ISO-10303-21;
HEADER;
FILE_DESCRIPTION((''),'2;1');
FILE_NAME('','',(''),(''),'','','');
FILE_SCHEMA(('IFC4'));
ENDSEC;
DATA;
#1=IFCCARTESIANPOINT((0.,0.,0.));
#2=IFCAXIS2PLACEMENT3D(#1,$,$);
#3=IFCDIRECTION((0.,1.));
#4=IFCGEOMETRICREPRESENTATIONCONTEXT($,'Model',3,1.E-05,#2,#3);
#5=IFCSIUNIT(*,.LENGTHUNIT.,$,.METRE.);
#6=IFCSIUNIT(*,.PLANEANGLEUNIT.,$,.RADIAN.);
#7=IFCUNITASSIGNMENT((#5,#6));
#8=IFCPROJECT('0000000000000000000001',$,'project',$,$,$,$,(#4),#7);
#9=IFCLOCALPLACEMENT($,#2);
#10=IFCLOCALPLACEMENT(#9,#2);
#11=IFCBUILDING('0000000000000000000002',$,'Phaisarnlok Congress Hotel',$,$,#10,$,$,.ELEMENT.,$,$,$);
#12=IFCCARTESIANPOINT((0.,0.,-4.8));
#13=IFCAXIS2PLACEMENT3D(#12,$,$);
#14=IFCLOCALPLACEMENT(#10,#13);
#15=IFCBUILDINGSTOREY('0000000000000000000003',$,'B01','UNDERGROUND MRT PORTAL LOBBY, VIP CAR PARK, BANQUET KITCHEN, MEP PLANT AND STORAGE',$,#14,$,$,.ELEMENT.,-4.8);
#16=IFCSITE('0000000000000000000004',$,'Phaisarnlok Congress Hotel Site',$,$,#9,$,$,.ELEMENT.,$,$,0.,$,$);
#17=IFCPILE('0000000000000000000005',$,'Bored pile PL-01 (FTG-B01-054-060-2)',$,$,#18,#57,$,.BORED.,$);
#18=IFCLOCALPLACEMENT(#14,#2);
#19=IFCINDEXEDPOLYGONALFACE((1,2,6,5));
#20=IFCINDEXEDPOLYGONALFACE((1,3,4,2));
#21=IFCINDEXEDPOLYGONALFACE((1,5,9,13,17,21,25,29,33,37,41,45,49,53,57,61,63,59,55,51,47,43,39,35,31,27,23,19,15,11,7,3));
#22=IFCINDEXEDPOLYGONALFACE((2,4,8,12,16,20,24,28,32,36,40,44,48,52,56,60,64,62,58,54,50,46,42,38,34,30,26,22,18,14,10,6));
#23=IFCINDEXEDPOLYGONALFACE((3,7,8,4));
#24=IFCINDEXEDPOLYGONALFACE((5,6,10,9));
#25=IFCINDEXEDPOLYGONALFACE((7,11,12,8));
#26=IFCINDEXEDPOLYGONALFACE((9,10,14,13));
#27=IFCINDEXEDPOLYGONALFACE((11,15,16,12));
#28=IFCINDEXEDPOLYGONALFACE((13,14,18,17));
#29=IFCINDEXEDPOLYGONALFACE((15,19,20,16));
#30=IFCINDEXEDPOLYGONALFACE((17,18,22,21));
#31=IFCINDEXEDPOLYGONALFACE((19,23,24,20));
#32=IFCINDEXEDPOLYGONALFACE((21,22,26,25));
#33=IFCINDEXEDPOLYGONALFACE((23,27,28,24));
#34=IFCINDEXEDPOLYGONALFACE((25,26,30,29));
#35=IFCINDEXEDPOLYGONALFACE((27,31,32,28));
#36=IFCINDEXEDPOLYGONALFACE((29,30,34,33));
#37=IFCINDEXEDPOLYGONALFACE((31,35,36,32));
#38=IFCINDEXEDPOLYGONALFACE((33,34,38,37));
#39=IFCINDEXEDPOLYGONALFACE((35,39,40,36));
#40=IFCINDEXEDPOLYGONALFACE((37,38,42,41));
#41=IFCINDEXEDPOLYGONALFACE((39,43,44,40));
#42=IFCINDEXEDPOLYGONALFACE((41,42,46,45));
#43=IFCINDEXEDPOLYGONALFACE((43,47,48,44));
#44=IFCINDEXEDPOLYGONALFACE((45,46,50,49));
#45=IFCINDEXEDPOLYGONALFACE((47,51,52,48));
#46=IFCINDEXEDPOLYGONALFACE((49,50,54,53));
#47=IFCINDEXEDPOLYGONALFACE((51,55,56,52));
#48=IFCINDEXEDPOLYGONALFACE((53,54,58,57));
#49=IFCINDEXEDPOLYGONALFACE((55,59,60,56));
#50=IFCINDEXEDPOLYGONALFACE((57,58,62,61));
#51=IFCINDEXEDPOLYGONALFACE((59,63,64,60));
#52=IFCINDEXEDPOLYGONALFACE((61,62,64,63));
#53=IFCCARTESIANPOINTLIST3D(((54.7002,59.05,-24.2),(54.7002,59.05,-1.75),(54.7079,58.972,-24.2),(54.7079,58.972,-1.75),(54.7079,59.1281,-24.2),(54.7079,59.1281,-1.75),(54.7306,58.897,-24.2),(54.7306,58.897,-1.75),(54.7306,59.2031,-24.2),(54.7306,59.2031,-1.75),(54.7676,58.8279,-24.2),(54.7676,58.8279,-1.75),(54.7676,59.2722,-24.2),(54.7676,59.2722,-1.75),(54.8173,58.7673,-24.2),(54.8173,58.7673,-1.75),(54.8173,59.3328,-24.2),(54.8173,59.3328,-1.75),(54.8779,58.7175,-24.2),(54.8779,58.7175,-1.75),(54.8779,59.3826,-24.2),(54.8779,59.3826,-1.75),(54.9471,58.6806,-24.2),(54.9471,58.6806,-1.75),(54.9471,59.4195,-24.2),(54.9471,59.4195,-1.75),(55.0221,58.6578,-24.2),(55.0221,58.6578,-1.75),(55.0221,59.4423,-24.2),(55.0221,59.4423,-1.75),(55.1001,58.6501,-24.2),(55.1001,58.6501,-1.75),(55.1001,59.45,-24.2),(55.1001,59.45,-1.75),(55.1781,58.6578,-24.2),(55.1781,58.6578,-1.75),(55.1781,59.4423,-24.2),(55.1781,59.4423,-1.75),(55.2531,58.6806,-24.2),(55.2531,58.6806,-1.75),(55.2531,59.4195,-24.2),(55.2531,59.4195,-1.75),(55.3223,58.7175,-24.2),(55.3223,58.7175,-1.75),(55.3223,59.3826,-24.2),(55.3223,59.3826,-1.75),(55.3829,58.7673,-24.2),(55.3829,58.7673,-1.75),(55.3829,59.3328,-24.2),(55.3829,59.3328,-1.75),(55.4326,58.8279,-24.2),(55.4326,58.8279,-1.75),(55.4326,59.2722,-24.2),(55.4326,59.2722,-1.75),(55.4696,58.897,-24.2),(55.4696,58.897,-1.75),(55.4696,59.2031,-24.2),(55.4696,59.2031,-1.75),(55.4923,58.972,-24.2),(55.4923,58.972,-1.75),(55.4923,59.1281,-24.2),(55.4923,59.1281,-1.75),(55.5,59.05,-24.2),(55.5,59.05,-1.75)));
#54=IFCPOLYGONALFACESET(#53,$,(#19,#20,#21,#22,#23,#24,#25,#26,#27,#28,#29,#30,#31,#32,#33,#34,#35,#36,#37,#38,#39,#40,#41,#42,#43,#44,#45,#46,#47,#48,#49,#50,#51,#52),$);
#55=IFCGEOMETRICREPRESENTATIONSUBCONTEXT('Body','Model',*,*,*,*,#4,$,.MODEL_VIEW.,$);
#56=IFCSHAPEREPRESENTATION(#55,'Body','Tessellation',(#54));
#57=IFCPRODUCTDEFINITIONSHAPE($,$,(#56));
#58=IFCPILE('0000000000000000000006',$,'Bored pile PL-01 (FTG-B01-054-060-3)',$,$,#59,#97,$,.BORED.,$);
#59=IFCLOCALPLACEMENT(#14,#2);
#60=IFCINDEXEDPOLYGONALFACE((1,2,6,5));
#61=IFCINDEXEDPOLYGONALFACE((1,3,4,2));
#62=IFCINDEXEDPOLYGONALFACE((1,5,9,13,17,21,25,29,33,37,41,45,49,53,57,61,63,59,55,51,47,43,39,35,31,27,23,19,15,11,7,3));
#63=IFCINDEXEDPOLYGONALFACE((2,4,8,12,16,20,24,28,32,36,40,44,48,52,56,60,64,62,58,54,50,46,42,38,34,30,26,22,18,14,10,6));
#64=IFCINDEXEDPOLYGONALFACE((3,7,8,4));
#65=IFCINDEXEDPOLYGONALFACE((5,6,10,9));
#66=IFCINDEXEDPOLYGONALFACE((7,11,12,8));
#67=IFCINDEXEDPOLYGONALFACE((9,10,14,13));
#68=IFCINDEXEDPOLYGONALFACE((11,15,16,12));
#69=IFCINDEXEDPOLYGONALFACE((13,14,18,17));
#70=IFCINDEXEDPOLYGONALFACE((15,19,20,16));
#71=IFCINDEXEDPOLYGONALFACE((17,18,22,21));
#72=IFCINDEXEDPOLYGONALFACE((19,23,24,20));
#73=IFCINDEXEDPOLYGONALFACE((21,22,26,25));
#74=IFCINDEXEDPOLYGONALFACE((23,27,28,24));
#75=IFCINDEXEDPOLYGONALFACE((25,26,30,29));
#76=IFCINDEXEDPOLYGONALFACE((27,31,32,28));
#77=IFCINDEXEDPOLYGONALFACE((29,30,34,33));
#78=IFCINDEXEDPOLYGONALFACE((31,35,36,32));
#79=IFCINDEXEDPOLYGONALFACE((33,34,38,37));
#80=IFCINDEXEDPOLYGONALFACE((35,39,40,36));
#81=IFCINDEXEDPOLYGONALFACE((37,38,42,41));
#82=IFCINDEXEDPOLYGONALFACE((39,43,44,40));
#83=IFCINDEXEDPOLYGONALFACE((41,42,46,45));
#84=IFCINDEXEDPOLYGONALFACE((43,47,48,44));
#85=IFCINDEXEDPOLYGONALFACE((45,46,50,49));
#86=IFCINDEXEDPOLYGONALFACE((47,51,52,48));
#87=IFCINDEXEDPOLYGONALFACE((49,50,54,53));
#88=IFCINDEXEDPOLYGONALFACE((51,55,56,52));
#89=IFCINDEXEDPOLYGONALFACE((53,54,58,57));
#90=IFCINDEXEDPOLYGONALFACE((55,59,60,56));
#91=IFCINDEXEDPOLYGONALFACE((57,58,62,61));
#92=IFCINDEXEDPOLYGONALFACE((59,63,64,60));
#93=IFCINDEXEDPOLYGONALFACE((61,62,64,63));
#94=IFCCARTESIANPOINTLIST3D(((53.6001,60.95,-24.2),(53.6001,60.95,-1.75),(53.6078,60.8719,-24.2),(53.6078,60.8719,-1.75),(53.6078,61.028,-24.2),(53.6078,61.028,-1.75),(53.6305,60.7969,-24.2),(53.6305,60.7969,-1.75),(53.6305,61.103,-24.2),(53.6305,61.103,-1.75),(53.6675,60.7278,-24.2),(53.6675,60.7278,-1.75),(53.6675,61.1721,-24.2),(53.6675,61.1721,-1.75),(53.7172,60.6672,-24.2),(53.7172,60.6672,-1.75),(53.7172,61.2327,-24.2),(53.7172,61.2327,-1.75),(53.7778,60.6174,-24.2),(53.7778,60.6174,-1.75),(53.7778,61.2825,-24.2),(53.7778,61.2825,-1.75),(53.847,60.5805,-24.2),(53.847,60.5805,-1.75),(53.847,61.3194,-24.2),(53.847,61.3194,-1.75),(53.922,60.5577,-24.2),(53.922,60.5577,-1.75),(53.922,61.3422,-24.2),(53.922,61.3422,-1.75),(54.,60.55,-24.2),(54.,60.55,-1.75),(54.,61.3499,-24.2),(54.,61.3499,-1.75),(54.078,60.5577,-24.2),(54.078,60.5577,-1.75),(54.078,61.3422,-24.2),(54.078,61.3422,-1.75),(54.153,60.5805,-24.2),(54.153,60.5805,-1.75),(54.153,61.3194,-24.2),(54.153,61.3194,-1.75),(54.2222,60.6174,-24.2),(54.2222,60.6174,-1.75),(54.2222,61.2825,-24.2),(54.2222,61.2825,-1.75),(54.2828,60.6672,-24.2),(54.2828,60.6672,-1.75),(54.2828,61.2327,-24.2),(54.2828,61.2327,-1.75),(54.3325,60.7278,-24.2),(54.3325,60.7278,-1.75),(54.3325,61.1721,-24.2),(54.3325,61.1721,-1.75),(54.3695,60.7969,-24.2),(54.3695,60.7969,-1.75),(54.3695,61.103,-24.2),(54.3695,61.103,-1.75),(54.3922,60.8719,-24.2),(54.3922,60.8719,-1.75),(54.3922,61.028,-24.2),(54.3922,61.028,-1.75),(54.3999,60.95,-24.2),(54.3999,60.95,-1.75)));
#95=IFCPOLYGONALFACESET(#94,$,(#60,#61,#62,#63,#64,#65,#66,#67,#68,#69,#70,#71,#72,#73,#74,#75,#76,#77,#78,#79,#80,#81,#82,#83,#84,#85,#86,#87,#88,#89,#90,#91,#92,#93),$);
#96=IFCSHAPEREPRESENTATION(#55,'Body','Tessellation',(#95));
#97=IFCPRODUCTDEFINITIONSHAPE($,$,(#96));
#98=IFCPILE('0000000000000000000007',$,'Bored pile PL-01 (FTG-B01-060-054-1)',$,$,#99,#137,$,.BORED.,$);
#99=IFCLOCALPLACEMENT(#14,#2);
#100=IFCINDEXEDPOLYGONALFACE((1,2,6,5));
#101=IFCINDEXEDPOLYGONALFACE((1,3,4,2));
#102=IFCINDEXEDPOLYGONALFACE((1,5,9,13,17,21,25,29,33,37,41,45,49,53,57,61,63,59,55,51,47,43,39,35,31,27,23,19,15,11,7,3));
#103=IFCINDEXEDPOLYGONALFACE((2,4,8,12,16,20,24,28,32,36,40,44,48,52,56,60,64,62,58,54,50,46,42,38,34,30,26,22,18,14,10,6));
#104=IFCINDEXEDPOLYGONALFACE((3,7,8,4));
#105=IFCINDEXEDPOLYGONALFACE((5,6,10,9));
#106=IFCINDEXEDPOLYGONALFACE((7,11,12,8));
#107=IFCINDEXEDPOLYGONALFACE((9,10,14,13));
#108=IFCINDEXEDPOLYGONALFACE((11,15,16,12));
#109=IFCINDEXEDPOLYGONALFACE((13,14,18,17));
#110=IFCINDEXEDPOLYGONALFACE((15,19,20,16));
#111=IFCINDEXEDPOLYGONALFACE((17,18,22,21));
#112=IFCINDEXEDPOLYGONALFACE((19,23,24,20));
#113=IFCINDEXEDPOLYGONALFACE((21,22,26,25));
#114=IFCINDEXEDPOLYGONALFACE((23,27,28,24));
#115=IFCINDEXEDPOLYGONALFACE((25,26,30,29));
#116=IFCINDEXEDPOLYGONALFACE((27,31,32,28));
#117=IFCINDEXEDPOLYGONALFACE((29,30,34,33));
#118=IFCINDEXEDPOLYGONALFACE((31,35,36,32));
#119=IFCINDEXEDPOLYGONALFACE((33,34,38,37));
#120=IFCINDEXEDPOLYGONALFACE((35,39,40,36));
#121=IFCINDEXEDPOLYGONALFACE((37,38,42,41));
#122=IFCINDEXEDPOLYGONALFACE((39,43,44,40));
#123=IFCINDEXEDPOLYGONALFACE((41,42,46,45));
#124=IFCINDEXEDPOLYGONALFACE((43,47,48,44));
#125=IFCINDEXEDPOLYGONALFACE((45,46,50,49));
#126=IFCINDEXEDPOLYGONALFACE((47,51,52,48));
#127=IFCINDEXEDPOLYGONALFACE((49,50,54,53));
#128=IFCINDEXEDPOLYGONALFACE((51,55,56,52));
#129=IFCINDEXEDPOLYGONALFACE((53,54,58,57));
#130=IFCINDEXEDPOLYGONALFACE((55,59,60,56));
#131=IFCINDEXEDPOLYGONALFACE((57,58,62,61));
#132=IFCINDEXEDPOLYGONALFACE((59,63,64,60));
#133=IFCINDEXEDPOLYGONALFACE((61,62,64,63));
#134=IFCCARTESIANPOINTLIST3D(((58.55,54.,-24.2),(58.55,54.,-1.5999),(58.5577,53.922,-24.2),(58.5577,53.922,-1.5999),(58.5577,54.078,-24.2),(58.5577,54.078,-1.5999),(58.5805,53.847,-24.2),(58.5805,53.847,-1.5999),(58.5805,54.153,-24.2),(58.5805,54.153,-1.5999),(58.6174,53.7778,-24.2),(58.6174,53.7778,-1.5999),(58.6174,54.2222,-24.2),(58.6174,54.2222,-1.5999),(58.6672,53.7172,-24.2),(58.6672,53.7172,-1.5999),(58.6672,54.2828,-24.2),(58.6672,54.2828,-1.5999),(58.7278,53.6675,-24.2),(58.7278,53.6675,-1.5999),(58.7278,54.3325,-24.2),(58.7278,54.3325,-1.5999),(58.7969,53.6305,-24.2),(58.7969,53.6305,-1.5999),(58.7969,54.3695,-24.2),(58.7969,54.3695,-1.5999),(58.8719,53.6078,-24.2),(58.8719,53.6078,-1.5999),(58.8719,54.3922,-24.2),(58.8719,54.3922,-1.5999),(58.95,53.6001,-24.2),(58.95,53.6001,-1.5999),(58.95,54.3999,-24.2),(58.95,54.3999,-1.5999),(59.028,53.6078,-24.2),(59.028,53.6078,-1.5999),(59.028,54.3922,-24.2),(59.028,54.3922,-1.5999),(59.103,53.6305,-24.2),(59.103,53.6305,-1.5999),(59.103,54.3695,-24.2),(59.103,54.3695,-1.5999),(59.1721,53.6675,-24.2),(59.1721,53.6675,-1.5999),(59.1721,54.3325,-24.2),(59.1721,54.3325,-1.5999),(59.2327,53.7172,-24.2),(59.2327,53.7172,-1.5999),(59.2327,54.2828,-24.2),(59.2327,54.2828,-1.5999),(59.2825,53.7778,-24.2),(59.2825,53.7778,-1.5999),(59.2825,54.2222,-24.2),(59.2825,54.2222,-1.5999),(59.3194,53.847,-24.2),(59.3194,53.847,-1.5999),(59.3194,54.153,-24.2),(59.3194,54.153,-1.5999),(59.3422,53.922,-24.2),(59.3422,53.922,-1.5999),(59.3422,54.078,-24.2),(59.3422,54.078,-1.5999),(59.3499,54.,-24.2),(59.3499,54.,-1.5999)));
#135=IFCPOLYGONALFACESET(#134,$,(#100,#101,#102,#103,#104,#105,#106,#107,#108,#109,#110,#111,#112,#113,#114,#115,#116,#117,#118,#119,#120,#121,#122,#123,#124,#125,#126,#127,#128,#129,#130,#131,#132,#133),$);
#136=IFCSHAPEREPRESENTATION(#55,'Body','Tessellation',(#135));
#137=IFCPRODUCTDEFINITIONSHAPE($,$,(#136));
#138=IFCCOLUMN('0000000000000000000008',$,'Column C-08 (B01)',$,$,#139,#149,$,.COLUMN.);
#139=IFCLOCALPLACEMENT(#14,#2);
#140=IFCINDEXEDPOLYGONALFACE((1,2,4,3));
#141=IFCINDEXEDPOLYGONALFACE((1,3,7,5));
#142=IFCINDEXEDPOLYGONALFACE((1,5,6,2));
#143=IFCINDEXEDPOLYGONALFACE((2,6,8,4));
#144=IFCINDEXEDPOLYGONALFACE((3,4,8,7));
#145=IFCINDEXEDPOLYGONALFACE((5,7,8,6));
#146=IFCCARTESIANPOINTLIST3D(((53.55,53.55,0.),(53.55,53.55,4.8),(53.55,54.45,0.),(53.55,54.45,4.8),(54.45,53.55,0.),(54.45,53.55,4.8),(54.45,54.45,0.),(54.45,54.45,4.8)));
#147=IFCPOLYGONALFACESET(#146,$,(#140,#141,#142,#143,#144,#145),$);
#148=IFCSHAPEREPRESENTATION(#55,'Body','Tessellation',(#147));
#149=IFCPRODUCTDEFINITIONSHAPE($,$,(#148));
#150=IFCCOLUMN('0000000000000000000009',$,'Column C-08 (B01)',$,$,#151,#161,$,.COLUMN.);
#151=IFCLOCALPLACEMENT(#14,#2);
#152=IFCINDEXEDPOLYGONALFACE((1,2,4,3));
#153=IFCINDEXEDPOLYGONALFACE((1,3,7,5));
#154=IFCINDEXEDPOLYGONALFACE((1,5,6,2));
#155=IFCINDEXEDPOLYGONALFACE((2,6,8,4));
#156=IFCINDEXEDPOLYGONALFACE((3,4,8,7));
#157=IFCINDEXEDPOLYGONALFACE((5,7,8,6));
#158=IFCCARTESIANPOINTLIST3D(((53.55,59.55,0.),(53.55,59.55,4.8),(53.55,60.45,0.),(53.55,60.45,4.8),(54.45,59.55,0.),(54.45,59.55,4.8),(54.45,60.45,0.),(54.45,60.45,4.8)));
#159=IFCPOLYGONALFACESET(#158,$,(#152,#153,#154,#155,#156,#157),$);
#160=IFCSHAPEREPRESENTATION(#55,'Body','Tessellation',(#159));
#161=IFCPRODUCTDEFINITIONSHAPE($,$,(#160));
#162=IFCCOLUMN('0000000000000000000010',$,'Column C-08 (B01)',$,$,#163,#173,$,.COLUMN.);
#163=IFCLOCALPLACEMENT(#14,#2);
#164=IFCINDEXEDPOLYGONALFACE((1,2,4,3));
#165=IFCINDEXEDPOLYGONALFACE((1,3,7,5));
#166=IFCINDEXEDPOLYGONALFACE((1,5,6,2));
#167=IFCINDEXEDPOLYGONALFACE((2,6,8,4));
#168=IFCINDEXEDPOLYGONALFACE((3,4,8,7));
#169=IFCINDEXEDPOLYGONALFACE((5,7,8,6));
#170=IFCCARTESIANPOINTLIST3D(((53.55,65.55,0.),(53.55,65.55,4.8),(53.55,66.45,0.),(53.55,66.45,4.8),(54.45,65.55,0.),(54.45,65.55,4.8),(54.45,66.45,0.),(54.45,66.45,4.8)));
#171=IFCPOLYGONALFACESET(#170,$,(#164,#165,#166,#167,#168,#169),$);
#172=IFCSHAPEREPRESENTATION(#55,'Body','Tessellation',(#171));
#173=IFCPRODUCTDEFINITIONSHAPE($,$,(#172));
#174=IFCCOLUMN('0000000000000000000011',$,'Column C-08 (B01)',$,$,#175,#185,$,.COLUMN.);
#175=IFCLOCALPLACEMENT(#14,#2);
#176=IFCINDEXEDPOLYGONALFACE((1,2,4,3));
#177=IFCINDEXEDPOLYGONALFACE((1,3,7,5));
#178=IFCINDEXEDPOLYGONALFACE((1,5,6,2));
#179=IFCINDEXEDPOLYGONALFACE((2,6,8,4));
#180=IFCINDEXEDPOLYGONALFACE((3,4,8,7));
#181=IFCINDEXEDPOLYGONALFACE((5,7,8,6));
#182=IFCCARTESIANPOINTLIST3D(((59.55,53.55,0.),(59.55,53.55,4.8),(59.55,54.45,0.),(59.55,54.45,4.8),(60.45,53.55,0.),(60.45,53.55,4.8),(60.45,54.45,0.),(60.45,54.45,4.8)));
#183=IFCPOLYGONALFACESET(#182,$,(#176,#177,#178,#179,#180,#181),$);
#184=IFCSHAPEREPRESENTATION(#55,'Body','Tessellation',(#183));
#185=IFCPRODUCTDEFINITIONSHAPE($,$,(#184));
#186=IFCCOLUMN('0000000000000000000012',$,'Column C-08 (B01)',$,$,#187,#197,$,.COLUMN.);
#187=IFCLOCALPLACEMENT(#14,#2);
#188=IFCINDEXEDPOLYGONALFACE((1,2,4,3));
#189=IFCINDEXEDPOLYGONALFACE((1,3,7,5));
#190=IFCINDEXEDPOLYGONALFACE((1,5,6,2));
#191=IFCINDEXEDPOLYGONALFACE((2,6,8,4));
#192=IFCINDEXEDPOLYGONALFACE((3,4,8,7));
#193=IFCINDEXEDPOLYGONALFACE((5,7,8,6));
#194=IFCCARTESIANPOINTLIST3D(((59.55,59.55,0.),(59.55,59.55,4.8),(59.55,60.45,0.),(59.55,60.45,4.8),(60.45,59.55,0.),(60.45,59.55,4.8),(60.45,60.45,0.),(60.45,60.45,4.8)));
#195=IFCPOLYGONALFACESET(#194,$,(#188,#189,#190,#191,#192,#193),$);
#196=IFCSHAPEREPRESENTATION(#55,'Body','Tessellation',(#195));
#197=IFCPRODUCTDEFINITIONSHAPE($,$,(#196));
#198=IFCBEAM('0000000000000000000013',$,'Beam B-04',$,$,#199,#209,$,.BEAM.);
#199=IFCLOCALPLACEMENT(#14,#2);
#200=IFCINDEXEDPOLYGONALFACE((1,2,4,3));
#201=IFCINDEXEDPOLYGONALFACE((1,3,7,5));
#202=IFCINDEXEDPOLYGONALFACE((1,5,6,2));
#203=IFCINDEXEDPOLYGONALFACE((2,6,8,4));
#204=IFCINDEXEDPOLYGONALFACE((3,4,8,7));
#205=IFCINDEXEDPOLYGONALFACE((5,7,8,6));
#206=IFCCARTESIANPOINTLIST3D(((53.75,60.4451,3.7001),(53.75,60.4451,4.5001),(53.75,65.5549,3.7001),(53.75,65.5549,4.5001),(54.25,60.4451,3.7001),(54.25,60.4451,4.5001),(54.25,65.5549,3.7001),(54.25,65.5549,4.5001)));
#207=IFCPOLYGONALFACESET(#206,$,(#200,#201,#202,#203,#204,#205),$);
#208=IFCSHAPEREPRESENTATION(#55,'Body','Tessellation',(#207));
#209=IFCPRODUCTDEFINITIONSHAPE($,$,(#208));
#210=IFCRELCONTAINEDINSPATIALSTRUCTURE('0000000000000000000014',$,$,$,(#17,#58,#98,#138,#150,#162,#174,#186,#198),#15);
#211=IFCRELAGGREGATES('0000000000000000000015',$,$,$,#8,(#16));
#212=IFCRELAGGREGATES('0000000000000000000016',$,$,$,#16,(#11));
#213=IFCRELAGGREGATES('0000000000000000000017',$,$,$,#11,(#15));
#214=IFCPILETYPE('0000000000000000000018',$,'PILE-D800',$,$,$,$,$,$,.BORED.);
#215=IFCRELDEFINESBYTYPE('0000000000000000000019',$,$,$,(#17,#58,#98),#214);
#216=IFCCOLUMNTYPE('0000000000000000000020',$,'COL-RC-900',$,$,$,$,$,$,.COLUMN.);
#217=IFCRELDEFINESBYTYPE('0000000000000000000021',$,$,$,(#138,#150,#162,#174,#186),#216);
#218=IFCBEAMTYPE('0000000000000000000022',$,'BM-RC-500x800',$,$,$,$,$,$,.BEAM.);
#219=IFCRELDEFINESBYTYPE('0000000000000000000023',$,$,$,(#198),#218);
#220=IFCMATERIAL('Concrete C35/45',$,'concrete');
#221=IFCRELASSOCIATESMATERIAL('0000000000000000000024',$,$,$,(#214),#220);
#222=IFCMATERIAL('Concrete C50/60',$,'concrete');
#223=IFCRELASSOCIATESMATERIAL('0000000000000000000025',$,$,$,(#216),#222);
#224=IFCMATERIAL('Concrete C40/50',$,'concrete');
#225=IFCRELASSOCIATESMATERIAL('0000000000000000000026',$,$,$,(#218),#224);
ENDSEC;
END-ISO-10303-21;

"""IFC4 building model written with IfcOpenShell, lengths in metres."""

from ifc_helpers import new_model, si_unit, direction, frame, origin, origin_2d, place, context, subcontext, project, spatial, rectangle, circle, extrude, material, material_profile, profile_set, type_object, element, save


model = new_model("IFC4")

# Units and contexts
model_context = context("Model", 3, precision=1e-05, world=origin(), true_north=direction((0.0, 1.0)))
body_context = subcontext(model_context, "Body", "Model", "MODEL_VIEW")
ifc_project = project(units=[si_unit("LENGTHUNIT", "METRE"), si_unit("PLANEANGLEUNIT", "RADIAN")], contexts=[model_context])

# Site, building, storey
site_placement = place(None, origin())
site = spatial("IfcSite", under=ifc_project, at=site_placement, Name="Phaisarnlok Congress Hotel Site", CompositionType="ELEMENT", RefElevation=0.0)
building_placement = place(site_placement, origin())
building = spatial("IfcBuilding", under=site, at=building_placement, Name="Phaisarnlok Congress Hotel", CompositionType="ELEMENT")
storey_placement = place(building_placement, frame((0.0, 0.0, -4.8)))
storey = spatial("IfcBuildingStorey", under=building, at=storey_placement, Name="B01", Description="UNDERGROUND MRT PORTAL LOBBY, VIP CAR PARK, BANQUET KITCHEN, MEP PLANT AND STORAGE", CompositionType="ELEMENT", Elevation=-4.8)

# Shared definitions
ifc_material_1 = material(Name="Concrete C40/50", Category="concrete")

# Piles
ifc_material_2 = material(Name="Concrete C35/45", Category="concrete")
ifc_material_profile_1 = material_profile(ifc_material_2, circle(Radius=0.3999, at=origin_2d()), Name="BORED PILE D800")
ifc_profile_set_1 = profile_set([ifc_material_profile_1], Name="Concrete C35/45")
pile_type_1 = type_object("IfcPileType", Name="PILE-D800", PredefinedType="BORED", material=ifc_profile_set_1)
for number, where, z_axis, x_axis, name in (
    (1, (55.1001, 59.05, -1.75), (0.0, 0.0, -1.0), (1.0, 0.0, 0.0), "Bored pile PL-01 (FTG-B01-054-060-2)"),
    (2, (54.0, 60.95, -1.75), (0.0, 0.0, -1.0), (1.0, 0.0, 0.0), "Bored pile PL-01 (FTG-B01-054-060-3)"),
):
    element("IfcPile", number, at=place(storey_placement, frame(where, z_axis=z_axis, x_axis=x_axis)), inside=storey, type_object=pile_type_1, Name=name, PredefinedType="BORED", context=body_context, shape_type="SweptSolid", body=[
        extrude(circle(Radius=0.3999, at=origin_2d()), origin(), (0.0, 0.0, 1.0), 22.45),
    ])
pile_1_placement = place(storey_placement, frame((58.95, 54.0, -1.5999), z_axis=(0.0, 0.0, -1.0), x_axis=(1.0, 0.0, 0.0)))
element("IfcPile", 3, at=pile_1_placement, inside=storey, type_object=pile_type_1, Name="Bored pile PL-01 (FTG-B01-060-054-1)", PredefinedType="BORED", context=body_context, shape_type="SweptSolid", body=[
    extrude(circle(Radius=0.3999, at=origin_2d()), origin(), (0.0, 0.0, 1.0), 22.6001),
])

# Columns
ifc_material_3 = material(Name="Concrete C50/60", Category="concrete")
ifc_material_profile_2 = material_profile(ifc_material_3, rectangle(XDim=0.8999, YDim=0.8999, at=origin_2d()), Name="RC 900x900")
ifc_profile_set_2 = profile_set([ifc_material_profile_2], Name="Concrete C50/60")
column_type = type_object("IfcColumnType", Name="COL-RC-900", PredefinedType="COLUMN", material=ifc_profile_set_2)
for number, where, z_axis, x_axis, name in (
    (4, (54.0, 54.0, 0.0), (0.0, 0.0, 1.0), (1.0, 0.0, 0.0), "Column C-08 (B01)"),
    (5, (54.0, 60.0, 0.0), (0.0, 0.0, 1.0), (1.0, 0.0, 0.0), "Column C-08 (B01)"),
    (6, (54.0, 66.0, 0.0), (0.0, 0.0, 1.0), (1.0, 0.0, 0.0), "Column C-08 (B01)"),
    (7, (60.0, 54.0, 0.0), (0.0, 0.0, 1.0), (1.0, 0.0, 0.0), "Column C-08 (B01)"),
    (8, (60.0, 60.0, 0.0), (0.0, 0.0, 1.0), (1.0, 0.0, 0.0), "Column C-08 (B01)"),
):
    element("IfcColumn", number, at=place(storey_placement, frame(where, z_axis=z_axis, x_axis=x_axis)), inside=storey, type_object=column_type, Name=name, PredefinedType="COLUMN", context=body_context, shape_type="SweptSolid", body=[
        extrude(rectangle(XDim=0.8999, YDim=0.8999, at=origin_2d()), origin(), (0.0, 0.0, 1.0), 4.8),
    ])

# Beam
ifc_material_profile_3 = material_profile(ifc_material_1, rectangle(XDim=0.5, YDim=0.8, at=origin_2d()), Name="RC 500x800")
ifc_profile_set_3 = profile_set([ifc_material_profile_3], Name="Concrete C40/50")
beam_type_1 = type_object("IfcBeamType", Name="BM-RC-500x800", PredefinedType="BEAM", material=ifc_profile_set_3)
for number, where, z_axis, x_axis, name in (
    (9, (54.0, 60.4451, 4.1001), (0.0, 1.0, 0.0), (-1.0, 0.0, 0.0), "Beam B-04"),
):
    element("IfcBeam", number, at=place(storey_placement, frame(where, z_axis=z_axis, x_axis=x_axis)), inside=storey, type_object=beam_type_1, Name=name, PredefinedType="BEAM", context=body_context, shape_type="SweptSolid", body=[
        extrude(rectangle(XDim=0.5, YDim=0.8, at=origin_2d()), origin(), (0.0, 0.0, 1.0), 5.1099),
    ])

save(model, "model.ifc")
